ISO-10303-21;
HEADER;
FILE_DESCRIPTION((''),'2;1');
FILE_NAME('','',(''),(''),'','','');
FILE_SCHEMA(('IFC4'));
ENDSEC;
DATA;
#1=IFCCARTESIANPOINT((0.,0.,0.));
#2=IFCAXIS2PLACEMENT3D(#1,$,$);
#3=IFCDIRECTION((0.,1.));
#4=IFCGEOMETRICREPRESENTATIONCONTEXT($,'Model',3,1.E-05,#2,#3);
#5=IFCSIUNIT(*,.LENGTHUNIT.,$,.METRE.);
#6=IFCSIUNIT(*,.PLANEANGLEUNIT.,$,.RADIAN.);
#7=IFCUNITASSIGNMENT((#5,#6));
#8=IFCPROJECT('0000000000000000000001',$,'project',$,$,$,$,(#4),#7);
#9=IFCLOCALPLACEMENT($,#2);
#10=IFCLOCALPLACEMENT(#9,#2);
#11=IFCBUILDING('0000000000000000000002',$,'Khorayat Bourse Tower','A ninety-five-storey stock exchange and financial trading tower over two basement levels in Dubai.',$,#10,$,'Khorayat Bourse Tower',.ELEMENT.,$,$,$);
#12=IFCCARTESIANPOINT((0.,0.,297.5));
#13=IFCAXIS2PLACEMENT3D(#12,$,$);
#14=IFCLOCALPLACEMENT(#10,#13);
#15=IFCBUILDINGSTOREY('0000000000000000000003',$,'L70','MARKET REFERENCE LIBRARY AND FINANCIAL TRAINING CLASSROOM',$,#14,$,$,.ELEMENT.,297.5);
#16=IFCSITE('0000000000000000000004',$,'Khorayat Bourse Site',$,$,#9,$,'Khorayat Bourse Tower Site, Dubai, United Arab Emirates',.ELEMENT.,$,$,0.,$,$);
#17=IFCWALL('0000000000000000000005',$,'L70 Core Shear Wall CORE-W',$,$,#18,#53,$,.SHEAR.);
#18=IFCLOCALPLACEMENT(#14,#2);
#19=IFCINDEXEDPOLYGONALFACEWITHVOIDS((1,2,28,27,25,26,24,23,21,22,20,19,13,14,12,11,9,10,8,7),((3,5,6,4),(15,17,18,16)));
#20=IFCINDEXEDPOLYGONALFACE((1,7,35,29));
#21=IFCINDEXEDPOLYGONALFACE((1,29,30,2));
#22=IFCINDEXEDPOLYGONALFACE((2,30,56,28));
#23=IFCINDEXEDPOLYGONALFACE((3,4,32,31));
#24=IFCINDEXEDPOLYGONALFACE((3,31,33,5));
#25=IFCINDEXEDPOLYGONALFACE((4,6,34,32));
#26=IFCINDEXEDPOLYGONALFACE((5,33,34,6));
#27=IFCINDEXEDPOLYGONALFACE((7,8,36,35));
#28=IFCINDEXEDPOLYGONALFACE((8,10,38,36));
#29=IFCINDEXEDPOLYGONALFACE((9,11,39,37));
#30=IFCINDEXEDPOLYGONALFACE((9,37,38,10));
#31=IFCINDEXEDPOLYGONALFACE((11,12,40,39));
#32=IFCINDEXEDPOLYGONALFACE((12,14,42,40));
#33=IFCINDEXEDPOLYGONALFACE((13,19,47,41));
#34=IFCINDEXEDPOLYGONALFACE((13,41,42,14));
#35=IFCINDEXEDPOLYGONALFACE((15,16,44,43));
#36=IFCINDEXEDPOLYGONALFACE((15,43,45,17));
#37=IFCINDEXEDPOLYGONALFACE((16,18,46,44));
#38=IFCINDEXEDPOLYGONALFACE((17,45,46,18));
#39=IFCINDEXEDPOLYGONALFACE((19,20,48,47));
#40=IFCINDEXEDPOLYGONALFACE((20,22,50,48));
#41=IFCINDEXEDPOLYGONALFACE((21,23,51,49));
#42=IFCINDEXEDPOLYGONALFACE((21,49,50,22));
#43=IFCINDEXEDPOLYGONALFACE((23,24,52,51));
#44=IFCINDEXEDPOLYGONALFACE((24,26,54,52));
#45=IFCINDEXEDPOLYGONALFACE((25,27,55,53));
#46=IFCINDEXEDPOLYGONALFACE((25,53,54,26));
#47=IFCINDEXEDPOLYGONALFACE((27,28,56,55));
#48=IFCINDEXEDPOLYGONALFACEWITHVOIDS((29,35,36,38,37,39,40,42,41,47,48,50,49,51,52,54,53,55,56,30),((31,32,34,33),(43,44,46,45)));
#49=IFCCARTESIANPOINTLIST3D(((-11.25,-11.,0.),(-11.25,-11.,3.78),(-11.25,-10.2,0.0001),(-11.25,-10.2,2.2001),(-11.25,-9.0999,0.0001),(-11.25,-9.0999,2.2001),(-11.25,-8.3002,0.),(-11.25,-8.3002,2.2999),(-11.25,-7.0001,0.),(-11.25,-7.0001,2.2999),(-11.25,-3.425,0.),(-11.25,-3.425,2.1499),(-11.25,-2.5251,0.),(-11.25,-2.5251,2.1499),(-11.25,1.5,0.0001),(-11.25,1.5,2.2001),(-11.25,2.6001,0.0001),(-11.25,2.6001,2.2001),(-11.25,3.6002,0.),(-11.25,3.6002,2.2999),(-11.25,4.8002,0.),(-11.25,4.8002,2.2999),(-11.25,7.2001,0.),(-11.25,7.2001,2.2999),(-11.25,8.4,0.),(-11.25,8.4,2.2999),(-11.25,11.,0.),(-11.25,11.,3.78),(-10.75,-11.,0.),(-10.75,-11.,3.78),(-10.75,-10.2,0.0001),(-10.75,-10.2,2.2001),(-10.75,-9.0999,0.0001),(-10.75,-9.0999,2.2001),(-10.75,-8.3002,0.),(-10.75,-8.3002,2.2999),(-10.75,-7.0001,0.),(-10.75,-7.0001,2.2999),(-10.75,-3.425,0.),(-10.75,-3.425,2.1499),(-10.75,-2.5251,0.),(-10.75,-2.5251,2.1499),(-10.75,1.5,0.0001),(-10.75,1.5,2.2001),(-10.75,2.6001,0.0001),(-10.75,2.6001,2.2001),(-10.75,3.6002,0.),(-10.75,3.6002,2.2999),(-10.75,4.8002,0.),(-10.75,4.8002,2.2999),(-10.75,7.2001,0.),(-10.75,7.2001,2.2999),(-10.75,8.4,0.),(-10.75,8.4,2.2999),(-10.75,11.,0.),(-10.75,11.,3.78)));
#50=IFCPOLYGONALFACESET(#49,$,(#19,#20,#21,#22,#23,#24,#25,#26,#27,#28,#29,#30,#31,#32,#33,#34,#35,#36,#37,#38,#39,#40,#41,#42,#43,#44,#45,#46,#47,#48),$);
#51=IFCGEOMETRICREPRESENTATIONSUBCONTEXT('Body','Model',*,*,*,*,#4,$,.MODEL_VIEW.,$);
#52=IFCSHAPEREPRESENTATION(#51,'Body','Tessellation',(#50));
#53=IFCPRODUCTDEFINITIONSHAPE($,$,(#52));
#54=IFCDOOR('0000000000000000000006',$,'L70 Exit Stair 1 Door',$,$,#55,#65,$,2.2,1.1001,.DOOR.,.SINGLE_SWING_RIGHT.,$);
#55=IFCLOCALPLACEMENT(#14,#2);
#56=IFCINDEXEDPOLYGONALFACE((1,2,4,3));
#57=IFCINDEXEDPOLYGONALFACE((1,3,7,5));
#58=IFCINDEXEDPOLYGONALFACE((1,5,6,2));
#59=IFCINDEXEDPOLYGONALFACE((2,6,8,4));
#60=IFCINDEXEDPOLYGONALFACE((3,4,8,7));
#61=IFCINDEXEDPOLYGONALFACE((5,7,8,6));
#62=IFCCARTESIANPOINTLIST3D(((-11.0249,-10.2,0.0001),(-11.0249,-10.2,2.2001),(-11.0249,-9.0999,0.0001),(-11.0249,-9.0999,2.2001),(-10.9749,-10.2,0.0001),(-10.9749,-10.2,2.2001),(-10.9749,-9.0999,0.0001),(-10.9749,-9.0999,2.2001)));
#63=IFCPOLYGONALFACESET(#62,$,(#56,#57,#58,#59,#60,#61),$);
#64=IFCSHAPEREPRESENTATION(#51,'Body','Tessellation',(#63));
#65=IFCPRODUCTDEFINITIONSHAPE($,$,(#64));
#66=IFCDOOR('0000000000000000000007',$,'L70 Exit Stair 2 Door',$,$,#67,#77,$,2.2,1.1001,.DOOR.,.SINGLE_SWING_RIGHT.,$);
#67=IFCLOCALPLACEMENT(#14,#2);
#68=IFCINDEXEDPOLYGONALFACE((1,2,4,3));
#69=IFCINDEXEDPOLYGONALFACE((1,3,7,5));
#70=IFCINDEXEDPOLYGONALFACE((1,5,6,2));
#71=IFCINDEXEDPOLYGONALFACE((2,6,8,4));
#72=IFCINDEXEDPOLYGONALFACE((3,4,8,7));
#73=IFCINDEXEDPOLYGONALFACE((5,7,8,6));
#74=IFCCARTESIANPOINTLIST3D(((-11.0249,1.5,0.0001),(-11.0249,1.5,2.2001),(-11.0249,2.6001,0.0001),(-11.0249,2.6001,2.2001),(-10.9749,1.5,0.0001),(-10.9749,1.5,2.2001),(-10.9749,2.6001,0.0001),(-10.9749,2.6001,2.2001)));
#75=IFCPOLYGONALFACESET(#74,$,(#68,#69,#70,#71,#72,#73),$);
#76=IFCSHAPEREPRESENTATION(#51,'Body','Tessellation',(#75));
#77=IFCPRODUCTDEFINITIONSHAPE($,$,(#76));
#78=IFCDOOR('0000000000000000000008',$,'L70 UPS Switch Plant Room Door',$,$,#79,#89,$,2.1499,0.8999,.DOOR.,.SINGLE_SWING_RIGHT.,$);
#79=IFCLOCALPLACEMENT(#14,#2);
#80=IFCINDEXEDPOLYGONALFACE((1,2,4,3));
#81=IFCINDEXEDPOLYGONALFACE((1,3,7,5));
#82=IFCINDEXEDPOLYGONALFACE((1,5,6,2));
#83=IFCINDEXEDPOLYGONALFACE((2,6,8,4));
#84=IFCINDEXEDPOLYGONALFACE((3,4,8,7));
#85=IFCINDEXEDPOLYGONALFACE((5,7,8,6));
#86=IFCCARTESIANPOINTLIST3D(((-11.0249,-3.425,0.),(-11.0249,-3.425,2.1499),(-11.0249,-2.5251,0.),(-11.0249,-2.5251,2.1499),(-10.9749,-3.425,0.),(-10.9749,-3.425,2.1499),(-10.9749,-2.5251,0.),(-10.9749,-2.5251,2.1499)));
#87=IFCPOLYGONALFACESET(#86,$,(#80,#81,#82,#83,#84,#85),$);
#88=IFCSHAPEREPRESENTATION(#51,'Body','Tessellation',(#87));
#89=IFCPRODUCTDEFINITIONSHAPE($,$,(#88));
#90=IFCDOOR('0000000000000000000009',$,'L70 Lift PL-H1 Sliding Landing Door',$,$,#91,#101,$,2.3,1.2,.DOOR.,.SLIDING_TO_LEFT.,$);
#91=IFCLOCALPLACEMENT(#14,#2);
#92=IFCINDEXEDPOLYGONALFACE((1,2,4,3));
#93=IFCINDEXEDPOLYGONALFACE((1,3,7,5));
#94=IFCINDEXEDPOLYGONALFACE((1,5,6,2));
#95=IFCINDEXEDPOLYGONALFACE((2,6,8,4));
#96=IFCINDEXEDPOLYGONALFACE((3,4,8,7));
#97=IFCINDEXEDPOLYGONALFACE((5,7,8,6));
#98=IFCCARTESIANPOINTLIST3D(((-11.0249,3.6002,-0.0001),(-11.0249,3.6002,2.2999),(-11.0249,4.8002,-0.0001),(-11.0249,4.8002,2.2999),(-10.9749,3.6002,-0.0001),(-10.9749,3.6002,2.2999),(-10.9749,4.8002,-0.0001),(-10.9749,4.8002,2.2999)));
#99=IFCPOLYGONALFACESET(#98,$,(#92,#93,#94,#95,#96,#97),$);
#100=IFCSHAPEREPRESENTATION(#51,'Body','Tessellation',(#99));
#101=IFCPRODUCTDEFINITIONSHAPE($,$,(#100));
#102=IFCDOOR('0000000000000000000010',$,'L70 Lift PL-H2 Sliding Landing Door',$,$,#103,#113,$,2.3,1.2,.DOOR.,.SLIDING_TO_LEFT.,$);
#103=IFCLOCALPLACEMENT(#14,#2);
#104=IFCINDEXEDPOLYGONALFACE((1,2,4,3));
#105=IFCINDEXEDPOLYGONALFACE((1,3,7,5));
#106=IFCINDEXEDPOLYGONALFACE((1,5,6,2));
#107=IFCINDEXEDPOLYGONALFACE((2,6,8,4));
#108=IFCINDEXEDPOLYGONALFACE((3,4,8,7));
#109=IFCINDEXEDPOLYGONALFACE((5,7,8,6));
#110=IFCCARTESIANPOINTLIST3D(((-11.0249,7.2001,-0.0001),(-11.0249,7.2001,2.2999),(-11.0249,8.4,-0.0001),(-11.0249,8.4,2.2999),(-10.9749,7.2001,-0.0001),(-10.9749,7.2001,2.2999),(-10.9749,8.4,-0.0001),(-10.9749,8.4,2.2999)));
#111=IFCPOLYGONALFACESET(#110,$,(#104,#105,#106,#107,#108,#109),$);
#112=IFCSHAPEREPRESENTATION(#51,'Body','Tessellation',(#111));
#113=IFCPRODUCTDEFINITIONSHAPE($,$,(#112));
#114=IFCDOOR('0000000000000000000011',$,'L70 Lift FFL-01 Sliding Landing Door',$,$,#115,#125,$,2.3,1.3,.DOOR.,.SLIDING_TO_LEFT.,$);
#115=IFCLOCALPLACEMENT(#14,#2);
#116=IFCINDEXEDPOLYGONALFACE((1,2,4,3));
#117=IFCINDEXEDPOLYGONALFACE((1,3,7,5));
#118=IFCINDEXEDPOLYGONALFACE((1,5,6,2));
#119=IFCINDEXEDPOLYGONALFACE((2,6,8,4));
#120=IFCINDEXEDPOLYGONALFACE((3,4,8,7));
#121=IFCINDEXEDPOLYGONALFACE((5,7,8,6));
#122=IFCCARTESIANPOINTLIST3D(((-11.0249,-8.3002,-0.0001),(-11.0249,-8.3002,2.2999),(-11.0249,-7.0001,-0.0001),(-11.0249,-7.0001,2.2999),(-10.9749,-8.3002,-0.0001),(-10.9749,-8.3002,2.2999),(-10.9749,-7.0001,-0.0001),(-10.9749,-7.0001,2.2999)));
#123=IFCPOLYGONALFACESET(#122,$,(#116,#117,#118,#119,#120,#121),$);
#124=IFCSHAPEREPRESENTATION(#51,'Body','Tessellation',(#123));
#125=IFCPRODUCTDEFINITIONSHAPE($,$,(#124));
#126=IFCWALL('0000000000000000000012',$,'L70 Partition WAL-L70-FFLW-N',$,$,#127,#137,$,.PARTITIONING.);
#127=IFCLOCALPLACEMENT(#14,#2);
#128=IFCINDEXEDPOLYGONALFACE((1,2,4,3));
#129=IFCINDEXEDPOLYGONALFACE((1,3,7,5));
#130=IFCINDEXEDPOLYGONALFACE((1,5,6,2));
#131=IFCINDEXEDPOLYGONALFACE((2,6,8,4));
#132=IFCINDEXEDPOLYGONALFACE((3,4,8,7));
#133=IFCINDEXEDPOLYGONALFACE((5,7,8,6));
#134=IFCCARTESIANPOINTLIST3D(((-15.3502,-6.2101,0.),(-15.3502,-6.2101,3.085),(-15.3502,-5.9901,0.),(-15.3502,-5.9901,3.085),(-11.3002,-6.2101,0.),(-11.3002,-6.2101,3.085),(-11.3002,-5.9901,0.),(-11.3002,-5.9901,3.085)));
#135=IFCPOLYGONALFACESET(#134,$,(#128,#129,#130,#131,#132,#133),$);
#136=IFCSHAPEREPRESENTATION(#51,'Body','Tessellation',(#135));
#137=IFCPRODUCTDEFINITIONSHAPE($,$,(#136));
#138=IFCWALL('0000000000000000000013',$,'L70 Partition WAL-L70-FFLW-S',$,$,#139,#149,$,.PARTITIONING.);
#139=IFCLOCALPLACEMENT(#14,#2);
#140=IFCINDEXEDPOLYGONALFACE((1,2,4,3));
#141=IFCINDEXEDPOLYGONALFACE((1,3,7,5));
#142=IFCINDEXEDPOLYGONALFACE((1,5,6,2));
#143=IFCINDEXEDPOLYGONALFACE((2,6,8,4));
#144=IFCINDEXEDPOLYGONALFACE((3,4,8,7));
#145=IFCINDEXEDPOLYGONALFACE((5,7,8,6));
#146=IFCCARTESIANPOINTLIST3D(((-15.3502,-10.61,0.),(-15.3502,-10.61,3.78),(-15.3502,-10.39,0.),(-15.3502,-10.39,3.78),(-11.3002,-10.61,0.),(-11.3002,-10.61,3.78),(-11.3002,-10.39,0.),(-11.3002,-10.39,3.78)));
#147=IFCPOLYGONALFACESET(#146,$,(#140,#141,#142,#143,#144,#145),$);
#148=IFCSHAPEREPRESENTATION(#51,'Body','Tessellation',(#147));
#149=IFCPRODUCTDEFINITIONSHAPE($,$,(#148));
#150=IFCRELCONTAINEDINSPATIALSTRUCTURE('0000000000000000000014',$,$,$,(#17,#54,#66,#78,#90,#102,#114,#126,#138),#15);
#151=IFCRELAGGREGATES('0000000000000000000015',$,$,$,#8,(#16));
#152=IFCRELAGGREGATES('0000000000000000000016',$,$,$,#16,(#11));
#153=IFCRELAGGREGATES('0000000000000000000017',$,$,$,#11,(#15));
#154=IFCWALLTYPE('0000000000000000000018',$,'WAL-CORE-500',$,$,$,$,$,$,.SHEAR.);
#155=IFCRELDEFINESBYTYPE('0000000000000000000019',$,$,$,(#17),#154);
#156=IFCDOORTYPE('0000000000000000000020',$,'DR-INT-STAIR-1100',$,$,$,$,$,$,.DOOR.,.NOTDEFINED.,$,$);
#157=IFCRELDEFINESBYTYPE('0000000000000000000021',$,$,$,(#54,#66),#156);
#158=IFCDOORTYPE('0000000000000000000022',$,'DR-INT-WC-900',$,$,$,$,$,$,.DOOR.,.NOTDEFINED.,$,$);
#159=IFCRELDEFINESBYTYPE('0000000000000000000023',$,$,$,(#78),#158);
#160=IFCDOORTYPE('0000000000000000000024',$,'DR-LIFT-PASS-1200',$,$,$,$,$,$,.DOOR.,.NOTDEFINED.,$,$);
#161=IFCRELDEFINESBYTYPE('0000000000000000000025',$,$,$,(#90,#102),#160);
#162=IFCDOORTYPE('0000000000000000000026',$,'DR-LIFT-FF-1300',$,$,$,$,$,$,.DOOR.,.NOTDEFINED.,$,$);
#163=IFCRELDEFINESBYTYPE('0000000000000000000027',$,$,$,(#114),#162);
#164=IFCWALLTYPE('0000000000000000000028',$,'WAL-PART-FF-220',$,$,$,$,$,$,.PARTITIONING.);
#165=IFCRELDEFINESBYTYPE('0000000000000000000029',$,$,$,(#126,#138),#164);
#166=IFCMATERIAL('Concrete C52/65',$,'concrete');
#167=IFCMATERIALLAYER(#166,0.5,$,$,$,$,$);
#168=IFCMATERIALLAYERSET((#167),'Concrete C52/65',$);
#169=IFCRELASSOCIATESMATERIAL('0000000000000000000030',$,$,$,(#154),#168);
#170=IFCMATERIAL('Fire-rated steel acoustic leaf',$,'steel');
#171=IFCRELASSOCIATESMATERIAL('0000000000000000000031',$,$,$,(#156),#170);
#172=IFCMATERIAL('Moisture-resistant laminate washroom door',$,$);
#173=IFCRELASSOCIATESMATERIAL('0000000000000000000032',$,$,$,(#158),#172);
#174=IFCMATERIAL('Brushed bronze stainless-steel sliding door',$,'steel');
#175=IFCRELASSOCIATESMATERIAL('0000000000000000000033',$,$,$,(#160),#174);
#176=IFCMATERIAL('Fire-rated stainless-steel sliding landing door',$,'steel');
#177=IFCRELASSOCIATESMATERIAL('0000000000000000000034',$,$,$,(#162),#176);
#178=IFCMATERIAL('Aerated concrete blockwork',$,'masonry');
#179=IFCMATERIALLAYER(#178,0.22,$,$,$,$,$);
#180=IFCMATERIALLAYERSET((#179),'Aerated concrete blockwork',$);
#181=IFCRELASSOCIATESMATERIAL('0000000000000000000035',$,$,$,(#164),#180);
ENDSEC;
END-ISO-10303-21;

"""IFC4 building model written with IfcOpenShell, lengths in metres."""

from ifc_helpers import new_model, si_unit, direction, frame, frame_2d, origin, place, context, subcontext, project, spatial, rectangle, extrude, source, transform, mapped, material, layer, layer_set, type_object, element, fill, save


model = new_model("IFC4")

# Units and contexts
model_context = context("Model", 3, precision=1e-05, world=origin(), true_north=direction((0.0, 1.0)))
body_context = subcontext(model_context, "Body", "Model", "MODEL_VIEW")
ifc_project = project(units=[si_unit("LENGTHUNIT", "METRE"), si_unit("PLANEANGLEUNIT", "RADIAN")], contexts=[model_context])

# Site, building, storey
site_placement = place(None, origin())
site = spatial("IfcSite", under=ifc_project, at=site_placement, Name="Khorayat Bourse Site", LongName="Khorayat Bourse Tower Site, Dubai, United Arab Emirates", CompositionType="ELEMENT", RefElevation=0.0)
building_placement = place(site_placement, origin())
building = spatial("IfcBuilding", under=site, at=building_placement, Name="Khorayat Bourse Tower", Description="A ninety-five-storey stock exchange and financial trading tower over two basement levels in Dubai.", LongName="Khorayat Bourse Tower", CompositionType="ELEMENT")
storey_placement = place(building_placement, frame((0.0, 0.0, 297.5)))
storey = spatial("IfcBuildingStorey", under=building, at=storey_placement, Name="L70", Description="MARKET REFERENCE LIBRARY AND FINANCIAL TRAINING CLASSROOM", CompositionType="ELEMENT", Elevation=297.5)

# Shared definitions
ifc_material_1 = material(Name="Concrete C52/65", Category="concrete")

# Wall, openings, doors
ifc_layer_1 = layer(ifc_material_1, 0.5)
ifc_layer_set_1 = layer_set([ifc_layer_1], Name="Concrete C52/65")
wall_type_1 = type_object("IfcWallType", Name="WAL-CORE-500", PredefinedType="SHEAR", material=ifc_layer_set_1)
shared_shape_1 = source(origin(), body_context, "Body", "SweptSolid", [
    extrude(rectangle(XDim=22.0, YDim=0.5, at=frame_2d((11.0, 0.0))), origin(), (0.0, 0.0, 1.0), 3.78),
])
wall_1_placement = place(storey_placement, frame((-11.0, -11.0, 0.0), z_axis=(0.0, 0.0, 1.0), x_axis=(0.0, 1.0, 0.0)))
wall_1 = element("IfcWall", 1, at=wall_1_placement, inside=storey, type_object=wall_type_1, Name="L70 Core Shear Wall CORE-W", PredefinedType="SHEAR", context=body_context, shape_type="MappedRepresentation", body=[
    mapped(shared_shape_1, transform((0.0, 0.0, 0.0), scale=1.0)),
])
shared_shape_2 = source(origin(), body_context, "Body", "SweptSolid", [
    extrude(rectangle(XDim=1.1001, YDim=2.2, at=frame_2d((0.55, 1.1001))), frame((0.0, 0.26, 0.0), z_axis=(0.0, -1.0, 0.0), x_axis=(1.0, 0.0, 0.0)), (0.0, 0.0, 1.0), 0.52),
])
opening_1_placement = place(wall_1_placement, frame((0.8, 0.0, 0.0)))
opening_1 = element("IfcOpeningElement", 2, at=opening_1_placement, cuts=wall_1, PredefinedType="OPENING", context=body_context, shape_type="MappedRepresentation", body=[
    mapped(shared_shape_2, transform((0.0, 0.0, 0.0), scale=1.0)),
])
opening_2_placement = place(wall_1_placement, frame((12.5, 0.0, 0.0)))
opening_2 = element("IfcOpeningElement", 3, at=opening_2_placement, cuts=wall_1, PredefinedType="OPENING", context=body_context, shape_type="MappedRepresentation", body=[
    mapped(shared_shape_2, transform((0.0, 0.0, 0.0), scale=1.0)),
])
shared_shape_3 = source(origin(), body_context, "Body", "SweptSolid", [
    extrude(rectangle(XDim=0.8999, YDim=2.1499, at=frame_2d((0.45, 1.075))), frame((0.0, 0.26, 0.0), z_axis=(0.0, -1.0, 0.0), x_axis=(1.0, 0.0, 0.0)), (0.0, 0.0, 1.0), 0.52),
])
opening_3_placement = place(wall_1_placement, frame((7.575, 0.0, 0.0)))
opening_3 = element("IfcOpeningElement", 4, at=opening_3_placement, cuts=wall_1, PredefinedType="OPENING", context=body_context, shape_type="MappedRepresentation", body=[
    mapped(shared_shape_3, transform((0.0, 0.0, 0.0), scale=1.0)),
])
shared_shape_4 = source(origin(), body_context, "Body", "SweptSolid", [
    extrude(rectangle(XDim=1.2, YDim=2.3, at=frame_2d((0.6001, 1.1499))), frame((0.0, 0.26, 0.0), z_axis=(0.0, -1.0, 0.0), x_axis=(1.0, 0.0, 0.0)), (0.0, 0.0, 1.0), 0.52),
])
opening_4_placement = place(wall_1_placement, frame((14.6001, 0.0, 0.0)))
opening_4 = element("IfcOpeningElement", 5, at=opening_4_placement, cuts=wall_1, PredefinedType="OPENING", context=body_context, shape_type="MappedRepresentation", body=[
    mapped(shared_shape_4, transform((0.0, 0.0, 0.0), scale=1.0)),
])
opening_5_placement = place(wall_1_placement, frame((18.2, 0.0, 0.0)))
opening_5 = element("IfcOpeningElement", 6, at=opening_5_placement, cuts=wall_1, PredefinedType="OPENING", context=body_context, shape_type="MappedRepresentation", body=[
    mapped(shared_shape_4, transform((0.0, 0.0, 0.0), scale=1.0)),
])
shared_shape_5 = source(origin(), body_context, "Body", "SweptSolid", [
    extrude(rectangle(XDim=1.3, YDim=2.3, at=frame_2d((0.6499, 1.1499))), frame((0.0, 0.26, 0.0), z_axis=(0.0, -1.0, 0.0), x_axis=(1.0, 0.0, 0.0)), (0.0, 0.0, 1.0), 0.52),
])
opening_6_placement = place(wall_1_placement, frame((2.7, 0.0, 0.0)))
opening_6 = element("IfcOpeningElement", 7, at=opening_6_placement, cuts=wall_1, PredefinedType="OPENING", context=body_context, shape_type="MappedRepresentation", body=[
    mapped(shared_shape_5, transform((0.0, 0.0, 0.0), scale=1.0)),
])
ifc_material_2 = material(Name="Fire-rated steel acoustic leaf", Category="steel")
door_type_1 = type_object("IfcDoorType", Name="DR-INT-STAIR-1100", OperationType="NOTDEFINED", PredefinedType="DOOR", material=ifc_material_2)
shared_shape_6 = source(origin(), body_context, "Body", "SweptSolid", [
    extrude(rectangle(XDim=1.1001, YDim=2.2, at=frame_2d((0.55, 1.1001))), frame((0.0, 0.0249, 0.0), z_axis=(0.0, -1.0, 0.0), x_axis=(1.0, 0.0, 0.0)), (0.0, 0.0, 1.0), 0.05),
])
door_1_placement = place(opening_1_placement, origin())
door_1 = element("IfcDoor", 8, at=door_1_placement, inside=storey, type_object=door_type_1, Name="L70 Exit Stair 1 Door", OperationType="SINGLE_SWING_RIGHT", OverallHeight=2.2, OverallWidth=1.1001, PredefinedType="DOOR", context=body_context, shape_type="MappedRepresentation", body=[
    mapped(shared_shape_6, transform((0.0, 0.0, 0.0), scale=1.0)),
])
fill(opening_1, door_1)
door_2_placement = place(opening_2_placement, origin())
door_2 = element("IfcDoor", 9, at=door_2_placement, inside=storey, type_object=door_type_1, Name="L70 Exit Stair 2 Door", OperationType="SINGLE_SWING_RIGHT", OverallHeight=2.2, OverallWidth=1.1001, PredefinedType="DOOR", context=body_context, shape_type="MappedRepresentation", body=[
    mapped(shared_shape_6, transform((0.0, 0.0, 0.0), scale=1.0)),
])
fill(opening_2, door_2)
ifc_material_3 = material(Name="Moisture-resistant laminate washroom door")
door_type_2 = type_object("IfcDoorType", Name="DR-INT-WC-900", OperationType="NOTDEFINED", PredefinedType="DOOR", material=ifc_material_3)
shared_shape_7 = source(origin(), body_context, "Body", "SweptSolid", [
    extrude(rectangle(XDim=0.8999, YDim=2.1499, at=frame_2d((0.45, 1.075))), frame((0.0, 0.0249, 0.0), z_axis=(0.0, -1.0, 0.0), x_axis=(1.0, 0.0, 0.0)), (0.0, 0.0, 1.0), 0.05),
])
door_3_placement = place(opening_3_placement, origin())
door_3 = element("IfcDoor", 10, at=door_3_placement, inside=storey, type_object=door_type_2, Name="L70 UPS Switch Plant Room Door", OperationType="SINGLE_SWING_RIGHT", OverallHeight=2.1499, OverallWidth=0.8999, PredefinedType="DOOR", context=body_context, shape_type="MappedRepresentation", body=[
    mapped(shared_shape_7, transform((0.0, 0.0, 0.0), scale=1.0)),
])
fill(opening_3, door_3)
ifc_material_4 = material(Name="Brushed bronze stainless-steel sliding door", Category="steel")
door_type_3 = type_object("IfcDoorType", Name="DR-LIFT-PASS-1200", OperationType="NOTDEFINED", PredefinedType="DOOR", material=ifc_material_4)
shared_shape_8 = source(origin(), body_context, "Body", "SweptSolid", [
    extrude(rectangle(XDim=1.2, YDim=2.3, at=frame_2d((0.6001, 1.1499))), frame((0.0, 0.0249, 0.0), z_axis=(0.0, -1.0, 0.0), x_axis=(1.0, 0.0, 0.0)), (0.0, 0.0, 1.0), 0.05),
])
door_4_placement = place(opening_4_placement, origin())
door_4 = element("IfcDoor", 11, at=door_4_placement, inside=storey, type_object=door_type_3, Name="L70 Lift PL-H1 Sliding Landing Door", OperationType="SLIDING_TO_LEFT", OverallHeight=2.3, OverallWidth=1.2, PredefinedType="DOOR", context=body_context, shape_type="MappedRepresentation", body=[
    mapped(shared_shape_8, transform((0.0, 0.0, 0.0), scale=1.0)),
])
fill(opening_4, door_4)
door_5_placement = place(opening_5_placement, origin())
door_5 = element("IfcDoor", 12, at=door_5_placement, inside=storey, type_object=door_type_3, Name="L70 Lift PL-H2 Sliding Landing Door", OperationType="SLIDING_TO_LEFT", OverallHeight=2.3, OverallWidth=1.2, PredefinedType="DOOR", context=body_context, shape_type="MappedRepresentation", body=[
    mapped(shared_shape_8, transform((0.0, 0.0, 0.0), scale=1.0)),
])
fill(opening_5, door_5)
ifc_material_5 = material(Name="Fire-rated stainless-steel sliding landing door", Category="steel")
door_type_4 = type_object("IfcDoorType", Name="DR-LIFT-FF-1300", OperationType="NOTDEFINED", PredefinedType="DOOR", material=ifc_material_5)
shared_shape_9 = source(origin(), body_context, "Body", "SweptSolid", [
    extrude(rectangle(XDim=1.3, YDim=2.3, at=frame_2d((0.6499, 1.1499))), frame((0.0, 0.0249, 0.0), z_axis=(0.0, -1.0, 0.0), x_axis=(1.0, 0.0, 0.0)), (0.0, 0.0, 1.0), 0.05),
])
door_6_placement = place(opening_6_placement, origin())
door_6 = element("IfcDoor", 13, at=door_6_placement, inside=storey, type_object=door_type_4, Name="L70 Lift FFL-01 Sliding Landing Door", OperationType="SLIDING_TO_LEFT", OverallHeight=2.3, OverallWidth=1.3, PredefinedType="DOOR", context=body_context, shape_type="MappedRepresentation", body=[
    mapped(shared_shape_9, transform((0.0, 0.0, 0.0), scale=1.0)),
])
fill(opening_6, door_6)

# Walls
ifc_material_6 = material(Name="Aerated concrete blockwork", Category="masonry")
ifc_layer_2 = layer(ifc_material_6, 0.22)
ifc_layer_set_2 = layer_set([ifc_layer_2], Name="Aerated concrete blockwork")
wall_type_2 = type_object("IfcWallType", Name="WAL-PART-FF-220", PredefinedType="PARTITIONING", material=ifc_layer_set_2)
shared_shape_10 = source(origin(), body_context, "Body", "SweptSolid", [
    extrude(rectangle(XDim=4.05, YDim=0.22, at=frame_2d((2.0249, 0.0))), origin(), (0.0, 0.0, 1.0), 3.085),
])
wall_2_placement = place(storey_placement, frame((-15.3501, -6.1001, 0.0), z_axis=(0.0, 0.0, 1.0), x_axis=(1.0, 0.0, 0.0)))
element("IfcWall", 14, at=wall_2_placement, inside=storey, type_object=wall_type_2, Name="L70 Partition WAL-L70-FFLW-N", PredefinedType="PARTITIONING", context=body_context, shape_type="MappedRepresentation", body=[
    mapped(shared_shape_10, transform((0.0, 0.0, 0.0), scale=1.0)),
])
shared_shape_11 = source(origin(), body_context, "Body", "SweptSolid", [
    extrude(rectangle(XDim=4.05, YDim=0.22, at=frame_2d((2.0249, 0.0))), origin(), (0.0, 0.0, 1.0), 3.78),
])
wall_3_placement = place(storey_placement, frame((-15.3501, -10.5, 0.0), z_axis=(0.0, 0.0, 1.0), x_axis=(1.0, 0.0, 0.0)))
element("IfcWall", 15, at=wall_3_placement, inside=storey, type_object=wall_type_2, Name="L70 Partition WAL-L70-FFLW-S", PredefinedType="PARTITIONING", context=body_context, shape_type="MappedRepresentation", body=[
    mapped(shared_shape_11, transform((0.0, 0.0, 0.0), scale=1.0)),
])

save(model, "model.ifc")
